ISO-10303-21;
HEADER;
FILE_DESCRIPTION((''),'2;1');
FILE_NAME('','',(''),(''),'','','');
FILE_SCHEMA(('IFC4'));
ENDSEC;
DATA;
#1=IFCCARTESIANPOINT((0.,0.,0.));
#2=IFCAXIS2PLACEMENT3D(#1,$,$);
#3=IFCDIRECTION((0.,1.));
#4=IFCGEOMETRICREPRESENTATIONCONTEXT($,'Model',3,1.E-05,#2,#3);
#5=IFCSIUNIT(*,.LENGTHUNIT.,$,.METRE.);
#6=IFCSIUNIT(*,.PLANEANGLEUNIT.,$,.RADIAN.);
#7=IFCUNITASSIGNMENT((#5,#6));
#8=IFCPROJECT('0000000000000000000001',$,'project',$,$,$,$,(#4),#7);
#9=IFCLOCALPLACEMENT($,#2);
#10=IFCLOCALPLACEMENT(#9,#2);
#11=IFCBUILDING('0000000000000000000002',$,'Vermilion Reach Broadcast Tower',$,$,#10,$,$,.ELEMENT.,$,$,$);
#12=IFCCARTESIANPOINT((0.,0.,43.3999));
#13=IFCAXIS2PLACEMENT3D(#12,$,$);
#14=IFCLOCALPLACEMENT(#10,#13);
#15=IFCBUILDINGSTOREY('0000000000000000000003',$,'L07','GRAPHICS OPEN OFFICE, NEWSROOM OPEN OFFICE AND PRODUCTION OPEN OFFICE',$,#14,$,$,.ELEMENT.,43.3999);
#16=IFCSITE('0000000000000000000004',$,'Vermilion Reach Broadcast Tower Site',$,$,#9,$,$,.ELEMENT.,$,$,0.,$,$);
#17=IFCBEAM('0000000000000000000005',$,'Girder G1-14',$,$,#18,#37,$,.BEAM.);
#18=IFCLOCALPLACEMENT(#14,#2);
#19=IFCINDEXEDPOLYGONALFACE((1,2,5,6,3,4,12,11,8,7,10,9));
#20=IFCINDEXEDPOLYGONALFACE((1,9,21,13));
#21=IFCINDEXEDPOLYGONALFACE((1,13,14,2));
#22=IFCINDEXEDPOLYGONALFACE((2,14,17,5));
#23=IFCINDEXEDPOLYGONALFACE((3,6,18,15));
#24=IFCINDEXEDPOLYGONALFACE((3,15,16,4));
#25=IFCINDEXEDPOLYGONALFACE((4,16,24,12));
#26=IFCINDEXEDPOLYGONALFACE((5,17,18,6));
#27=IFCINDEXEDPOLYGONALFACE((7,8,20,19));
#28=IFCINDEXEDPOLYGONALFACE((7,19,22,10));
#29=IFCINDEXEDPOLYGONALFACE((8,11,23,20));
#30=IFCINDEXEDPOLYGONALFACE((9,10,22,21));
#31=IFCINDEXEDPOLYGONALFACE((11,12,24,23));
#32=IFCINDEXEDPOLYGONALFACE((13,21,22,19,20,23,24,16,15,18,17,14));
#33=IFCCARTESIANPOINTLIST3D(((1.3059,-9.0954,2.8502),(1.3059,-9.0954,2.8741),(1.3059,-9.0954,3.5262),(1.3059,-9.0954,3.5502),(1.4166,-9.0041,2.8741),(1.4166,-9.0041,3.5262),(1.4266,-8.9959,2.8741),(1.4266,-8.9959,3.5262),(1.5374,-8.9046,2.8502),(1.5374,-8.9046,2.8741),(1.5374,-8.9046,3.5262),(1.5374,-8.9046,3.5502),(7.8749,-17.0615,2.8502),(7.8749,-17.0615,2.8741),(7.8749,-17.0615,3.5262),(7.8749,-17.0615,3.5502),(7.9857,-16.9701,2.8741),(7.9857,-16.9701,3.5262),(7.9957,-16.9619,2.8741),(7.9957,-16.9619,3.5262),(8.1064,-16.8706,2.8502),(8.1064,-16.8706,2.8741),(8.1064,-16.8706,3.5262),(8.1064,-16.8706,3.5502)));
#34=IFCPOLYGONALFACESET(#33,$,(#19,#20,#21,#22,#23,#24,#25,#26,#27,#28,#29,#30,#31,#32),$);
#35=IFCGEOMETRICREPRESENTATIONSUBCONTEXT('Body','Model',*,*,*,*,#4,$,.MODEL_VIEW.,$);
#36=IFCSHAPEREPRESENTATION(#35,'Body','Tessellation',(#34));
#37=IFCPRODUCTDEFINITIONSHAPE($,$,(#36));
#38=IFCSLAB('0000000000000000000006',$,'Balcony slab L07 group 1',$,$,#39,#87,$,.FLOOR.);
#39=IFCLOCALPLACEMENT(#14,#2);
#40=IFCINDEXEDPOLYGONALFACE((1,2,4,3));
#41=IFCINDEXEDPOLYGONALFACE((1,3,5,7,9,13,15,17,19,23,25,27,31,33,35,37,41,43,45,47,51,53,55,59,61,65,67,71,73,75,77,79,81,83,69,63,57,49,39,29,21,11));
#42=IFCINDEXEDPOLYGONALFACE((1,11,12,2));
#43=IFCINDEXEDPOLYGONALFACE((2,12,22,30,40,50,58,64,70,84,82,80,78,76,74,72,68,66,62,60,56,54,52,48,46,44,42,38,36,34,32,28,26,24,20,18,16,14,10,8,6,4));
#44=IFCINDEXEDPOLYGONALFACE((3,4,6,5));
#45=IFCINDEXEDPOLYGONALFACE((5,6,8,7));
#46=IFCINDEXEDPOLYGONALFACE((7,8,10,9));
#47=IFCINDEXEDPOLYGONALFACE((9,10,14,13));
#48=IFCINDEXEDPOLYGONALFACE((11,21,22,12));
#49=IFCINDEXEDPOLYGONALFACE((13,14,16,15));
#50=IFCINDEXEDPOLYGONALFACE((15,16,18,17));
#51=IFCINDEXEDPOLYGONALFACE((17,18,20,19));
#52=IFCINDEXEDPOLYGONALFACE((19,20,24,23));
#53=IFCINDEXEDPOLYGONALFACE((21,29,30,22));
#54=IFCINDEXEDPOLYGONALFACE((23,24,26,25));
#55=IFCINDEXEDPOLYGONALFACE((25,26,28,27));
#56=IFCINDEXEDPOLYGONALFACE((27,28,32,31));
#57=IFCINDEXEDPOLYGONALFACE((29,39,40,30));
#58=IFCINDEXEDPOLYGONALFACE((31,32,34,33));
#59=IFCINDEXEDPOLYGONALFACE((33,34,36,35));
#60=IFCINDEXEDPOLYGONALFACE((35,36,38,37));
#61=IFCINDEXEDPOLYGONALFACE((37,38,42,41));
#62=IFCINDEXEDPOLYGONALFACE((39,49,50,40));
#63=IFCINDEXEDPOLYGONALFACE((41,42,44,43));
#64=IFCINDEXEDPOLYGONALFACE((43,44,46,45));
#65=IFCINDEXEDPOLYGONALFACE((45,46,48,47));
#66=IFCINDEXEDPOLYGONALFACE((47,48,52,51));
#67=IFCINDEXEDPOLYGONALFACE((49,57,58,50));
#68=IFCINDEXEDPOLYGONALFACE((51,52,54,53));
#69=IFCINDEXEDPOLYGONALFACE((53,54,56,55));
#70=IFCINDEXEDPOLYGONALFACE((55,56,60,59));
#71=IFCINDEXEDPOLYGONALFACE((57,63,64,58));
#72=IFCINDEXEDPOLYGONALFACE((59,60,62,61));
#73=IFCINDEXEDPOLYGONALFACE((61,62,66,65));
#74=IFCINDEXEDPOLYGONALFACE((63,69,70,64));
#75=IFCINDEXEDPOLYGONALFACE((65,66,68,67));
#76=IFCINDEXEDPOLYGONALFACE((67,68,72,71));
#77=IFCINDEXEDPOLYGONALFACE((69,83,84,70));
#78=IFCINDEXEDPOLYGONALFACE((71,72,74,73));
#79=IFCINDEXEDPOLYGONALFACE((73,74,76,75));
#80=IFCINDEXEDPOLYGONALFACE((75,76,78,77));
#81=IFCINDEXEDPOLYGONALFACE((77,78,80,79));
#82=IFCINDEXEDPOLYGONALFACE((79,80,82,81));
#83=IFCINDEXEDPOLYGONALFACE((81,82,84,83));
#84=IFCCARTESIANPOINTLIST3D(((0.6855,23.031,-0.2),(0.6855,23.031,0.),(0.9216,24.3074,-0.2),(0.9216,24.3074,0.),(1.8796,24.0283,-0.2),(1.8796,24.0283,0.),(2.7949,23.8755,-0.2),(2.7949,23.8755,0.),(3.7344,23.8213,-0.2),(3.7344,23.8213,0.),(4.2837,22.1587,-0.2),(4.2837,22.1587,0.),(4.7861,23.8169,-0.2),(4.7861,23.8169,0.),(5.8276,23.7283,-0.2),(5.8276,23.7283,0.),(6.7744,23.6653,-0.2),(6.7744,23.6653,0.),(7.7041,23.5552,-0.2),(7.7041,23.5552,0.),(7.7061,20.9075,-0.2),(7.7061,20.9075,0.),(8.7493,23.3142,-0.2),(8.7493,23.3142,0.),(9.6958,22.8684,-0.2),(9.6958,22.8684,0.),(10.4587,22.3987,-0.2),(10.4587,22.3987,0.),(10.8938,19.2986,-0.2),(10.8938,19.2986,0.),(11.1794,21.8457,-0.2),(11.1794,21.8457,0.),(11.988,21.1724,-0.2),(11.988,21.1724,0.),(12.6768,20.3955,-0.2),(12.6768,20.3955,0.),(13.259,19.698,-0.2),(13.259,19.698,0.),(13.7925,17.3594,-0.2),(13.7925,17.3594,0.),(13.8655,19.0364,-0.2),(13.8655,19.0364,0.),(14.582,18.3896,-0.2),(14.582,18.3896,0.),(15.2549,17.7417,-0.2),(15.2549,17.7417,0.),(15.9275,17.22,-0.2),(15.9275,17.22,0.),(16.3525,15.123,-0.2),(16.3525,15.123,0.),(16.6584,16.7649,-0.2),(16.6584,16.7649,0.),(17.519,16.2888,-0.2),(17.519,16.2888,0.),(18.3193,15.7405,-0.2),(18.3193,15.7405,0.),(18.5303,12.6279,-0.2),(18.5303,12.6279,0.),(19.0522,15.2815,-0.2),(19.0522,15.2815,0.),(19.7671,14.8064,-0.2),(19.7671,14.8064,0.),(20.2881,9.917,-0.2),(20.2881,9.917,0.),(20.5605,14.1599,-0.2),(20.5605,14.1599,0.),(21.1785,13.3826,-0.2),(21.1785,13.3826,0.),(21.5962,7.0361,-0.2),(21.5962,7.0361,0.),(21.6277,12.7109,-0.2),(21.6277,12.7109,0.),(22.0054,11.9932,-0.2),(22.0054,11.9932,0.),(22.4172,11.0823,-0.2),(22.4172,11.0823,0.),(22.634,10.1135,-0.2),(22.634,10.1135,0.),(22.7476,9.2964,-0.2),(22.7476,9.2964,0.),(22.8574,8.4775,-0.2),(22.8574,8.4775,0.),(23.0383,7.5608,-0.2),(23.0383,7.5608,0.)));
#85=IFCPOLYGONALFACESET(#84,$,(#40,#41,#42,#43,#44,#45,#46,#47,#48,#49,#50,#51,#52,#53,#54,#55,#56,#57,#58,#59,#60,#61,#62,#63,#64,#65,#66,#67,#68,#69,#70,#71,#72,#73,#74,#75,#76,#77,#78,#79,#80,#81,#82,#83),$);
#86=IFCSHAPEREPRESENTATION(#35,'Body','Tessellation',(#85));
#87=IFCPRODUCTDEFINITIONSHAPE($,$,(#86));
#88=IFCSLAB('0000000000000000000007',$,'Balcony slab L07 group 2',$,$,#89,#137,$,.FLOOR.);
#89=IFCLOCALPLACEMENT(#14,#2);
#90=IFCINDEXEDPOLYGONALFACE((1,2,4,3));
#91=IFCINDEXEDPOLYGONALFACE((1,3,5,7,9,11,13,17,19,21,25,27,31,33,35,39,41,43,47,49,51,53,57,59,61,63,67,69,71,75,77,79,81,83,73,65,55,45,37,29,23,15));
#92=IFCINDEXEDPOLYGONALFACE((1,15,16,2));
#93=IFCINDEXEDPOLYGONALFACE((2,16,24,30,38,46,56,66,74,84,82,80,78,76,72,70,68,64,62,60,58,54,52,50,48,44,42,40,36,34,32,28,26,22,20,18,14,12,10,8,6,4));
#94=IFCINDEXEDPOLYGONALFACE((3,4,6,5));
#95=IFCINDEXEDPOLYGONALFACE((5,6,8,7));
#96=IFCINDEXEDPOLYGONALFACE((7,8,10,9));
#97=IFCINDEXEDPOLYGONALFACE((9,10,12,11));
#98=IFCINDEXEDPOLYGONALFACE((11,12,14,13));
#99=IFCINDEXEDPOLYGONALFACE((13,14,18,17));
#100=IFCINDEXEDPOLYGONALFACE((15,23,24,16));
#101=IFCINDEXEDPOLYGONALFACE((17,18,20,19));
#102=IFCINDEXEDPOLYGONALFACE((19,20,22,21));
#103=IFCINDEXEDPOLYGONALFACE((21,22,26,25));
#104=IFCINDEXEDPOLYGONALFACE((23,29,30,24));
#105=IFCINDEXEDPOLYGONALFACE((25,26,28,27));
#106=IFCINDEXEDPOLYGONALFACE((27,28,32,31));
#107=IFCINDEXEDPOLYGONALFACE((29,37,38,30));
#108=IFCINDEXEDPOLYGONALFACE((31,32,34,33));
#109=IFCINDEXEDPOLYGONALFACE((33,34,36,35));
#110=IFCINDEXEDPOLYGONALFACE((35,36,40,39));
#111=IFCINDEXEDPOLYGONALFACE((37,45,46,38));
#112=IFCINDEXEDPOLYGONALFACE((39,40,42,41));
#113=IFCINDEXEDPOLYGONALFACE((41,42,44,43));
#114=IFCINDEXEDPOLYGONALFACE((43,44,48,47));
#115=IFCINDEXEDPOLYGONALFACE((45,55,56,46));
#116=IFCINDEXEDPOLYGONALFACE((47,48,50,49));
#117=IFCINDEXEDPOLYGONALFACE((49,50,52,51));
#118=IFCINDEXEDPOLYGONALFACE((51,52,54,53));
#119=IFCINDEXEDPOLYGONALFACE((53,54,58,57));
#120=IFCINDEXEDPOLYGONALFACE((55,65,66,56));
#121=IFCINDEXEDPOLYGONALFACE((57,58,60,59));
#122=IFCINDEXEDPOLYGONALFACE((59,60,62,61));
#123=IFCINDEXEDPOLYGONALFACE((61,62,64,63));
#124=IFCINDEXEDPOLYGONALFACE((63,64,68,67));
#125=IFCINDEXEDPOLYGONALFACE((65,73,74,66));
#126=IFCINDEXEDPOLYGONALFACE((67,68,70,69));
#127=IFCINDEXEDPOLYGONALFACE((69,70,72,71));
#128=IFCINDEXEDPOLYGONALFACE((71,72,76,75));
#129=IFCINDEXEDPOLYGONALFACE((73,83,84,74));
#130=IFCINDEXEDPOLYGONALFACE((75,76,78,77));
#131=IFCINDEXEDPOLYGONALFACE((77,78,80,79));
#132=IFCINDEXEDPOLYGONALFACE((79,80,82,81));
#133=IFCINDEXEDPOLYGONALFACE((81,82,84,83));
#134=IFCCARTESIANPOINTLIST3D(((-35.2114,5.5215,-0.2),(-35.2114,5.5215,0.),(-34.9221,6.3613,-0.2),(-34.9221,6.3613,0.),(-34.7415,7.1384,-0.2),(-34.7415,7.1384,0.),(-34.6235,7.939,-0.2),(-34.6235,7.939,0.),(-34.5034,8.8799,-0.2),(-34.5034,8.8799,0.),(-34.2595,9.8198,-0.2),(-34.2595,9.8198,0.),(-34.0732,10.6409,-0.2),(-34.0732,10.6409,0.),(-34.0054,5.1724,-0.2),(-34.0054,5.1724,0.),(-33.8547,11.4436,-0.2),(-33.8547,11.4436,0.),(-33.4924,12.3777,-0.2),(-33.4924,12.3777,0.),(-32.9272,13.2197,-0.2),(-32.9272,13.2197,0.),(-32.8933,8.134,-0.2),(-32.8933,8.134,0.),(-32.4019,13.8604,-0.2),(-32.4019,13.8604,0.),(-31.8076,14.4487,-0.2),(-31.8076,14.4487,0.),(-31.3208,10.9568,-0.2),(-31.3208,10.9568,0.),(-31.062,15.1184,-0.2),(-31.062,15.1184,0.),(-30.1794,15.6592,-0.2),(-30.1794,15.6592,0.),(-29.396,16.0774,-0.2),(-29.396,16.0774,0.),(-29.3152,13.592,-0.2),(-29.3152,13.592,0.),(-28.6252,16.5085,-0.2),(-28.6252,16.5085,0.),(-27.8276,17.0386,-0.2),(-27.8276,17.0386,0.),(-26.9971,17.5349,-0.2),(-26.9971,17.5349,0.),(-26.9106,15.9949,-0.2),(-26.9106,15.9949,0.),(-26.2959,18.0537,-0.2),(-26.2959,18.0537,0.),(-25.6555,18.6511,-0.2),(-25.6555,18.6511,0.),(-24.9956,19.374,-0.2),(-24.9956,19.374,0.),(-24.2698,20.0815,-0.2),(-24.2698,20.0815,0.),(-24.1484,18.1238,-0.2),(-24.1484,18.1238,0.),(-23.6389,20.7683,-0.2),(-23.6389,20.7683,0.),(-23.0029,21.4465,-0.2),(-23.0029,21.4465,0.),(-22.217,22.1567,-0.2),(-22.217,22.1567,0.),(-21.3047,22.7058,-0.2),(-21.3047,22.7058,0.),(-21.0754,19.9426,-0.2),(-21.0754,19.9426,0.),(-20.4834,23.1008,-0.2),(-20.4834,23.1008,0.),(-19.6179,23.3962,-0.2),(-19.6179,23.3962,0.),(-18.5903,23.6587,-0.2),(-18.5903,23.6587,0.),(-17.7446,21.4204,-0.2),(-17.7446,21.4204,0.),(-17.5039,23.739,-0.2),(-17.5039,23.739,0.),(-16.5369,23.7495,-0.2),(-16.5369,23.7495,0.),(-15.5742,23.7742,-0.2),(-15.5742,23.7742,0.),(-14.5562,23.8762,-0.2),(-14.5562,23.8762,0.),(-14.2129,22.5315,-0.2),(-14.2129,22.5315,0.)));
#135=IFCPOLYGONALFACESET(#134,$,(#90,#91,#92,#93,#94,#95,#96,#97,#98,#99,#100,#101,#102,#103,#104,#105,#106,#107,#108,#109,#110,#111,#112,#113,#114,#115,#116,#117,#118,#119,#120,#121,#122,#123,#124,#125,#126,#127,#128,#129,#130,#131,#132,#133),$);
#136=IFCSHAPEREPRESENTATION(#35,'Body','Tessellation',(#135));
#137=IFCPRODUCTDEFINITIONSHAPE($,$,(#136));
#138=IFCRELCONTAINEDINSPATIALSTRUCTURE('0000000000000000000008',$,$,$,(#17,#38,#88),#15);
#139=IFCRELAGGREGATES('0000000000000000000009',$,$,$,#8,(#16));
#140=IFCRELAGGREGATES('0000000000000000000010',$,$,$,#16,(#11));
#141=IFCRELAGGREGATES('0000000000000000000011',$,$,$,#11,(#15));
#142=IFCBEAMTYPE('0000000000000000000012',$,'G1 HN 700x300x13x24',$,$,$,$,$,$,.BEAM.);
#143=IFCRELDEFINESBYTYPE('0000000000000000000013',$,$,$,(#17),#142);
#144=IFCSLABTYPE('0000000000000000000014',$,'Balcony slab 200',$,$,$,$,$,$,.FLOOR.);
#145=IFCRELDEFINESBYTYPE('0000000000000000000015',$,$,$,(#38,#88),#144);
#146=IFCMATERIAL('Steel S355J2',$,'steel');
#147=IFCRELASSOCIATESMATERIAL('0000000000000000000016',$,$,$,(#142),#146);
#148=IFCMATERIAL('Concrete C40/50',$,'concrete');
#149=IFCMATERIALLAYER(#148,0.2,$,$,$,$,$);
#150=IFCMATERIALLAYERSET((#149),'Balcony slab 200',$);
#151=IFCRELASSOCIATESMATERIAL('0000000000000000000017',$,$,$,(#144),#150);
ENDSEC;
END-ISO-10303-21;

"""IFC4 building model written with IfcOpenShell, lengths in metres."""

from ifc_helpers import new_model, si_unit, direction, frame, origin, origin_2d, place, context, subcontext, project, spatial, polyline, i_section, outline, extrude, material, layer, layer_set, material_profile, profile_set, type_object, element, save


model = new_model("IFC4")

# Units and contexts
model_context = context("Model", 3, precision=1e-05, world=origin(), true_north=direction((0.0, 1.0)))
body_context = subcontext(model_context, "Body", "Model", "MODEL_VIEW")
ifc_project = project(units=[si_unit("LENGTHUNIT", "METRE"), si_unit("PLANEANGLEUNIT", "RADIAN")], contexts=[model_context])

# Site, building, storey
site_placement = place(None, origin())
site = spatial("IfcSite", under=ifc_project, at=site_placement, Name="Vermilion Reach Broadcast Tower Site", CompositionType="ELEMENT", RefElevation=0.0)
building_placement = place(site_placement, origin())
building = spatial("IfcBuilding", under=site, at=building_placement, Name="Vermilion Reach Broadcast Tower", CompositionType="ELEMENT")
storey_placement = place(building_placement, frame((0.0, 0.0, 43.3999)))
storey = spatial("IfcBuildingStorey", under=building, at=storey_placement, Name="L07", Description="GRAPHICS OPEN OFFICE, NEWSROOM OPEN OFFICE AND PRODUCTION OPEN OFFICE", CompositionType="ELEMENT", Elevation=43.3999)

# Beam
ifc_material_1 = material(Name="Steel S355J2", Category="steel")
ifc_material_profile = material_profile(ifc_material_1, i_section(OverallWidth=0.3, OverallDepth=0.7, WebThickness=0.0129, FlangeThickness=0.0239, at=origin_2d()), Name="S355J2 HN 700x300x13x24")
ifc_profile_set = profile_set([ifc_material_profile], Name="Steel S355J2")
beam_type = type_object("IfcBeamType", Name="G1 HN 700x300x13x24", PredefinedType="BEAM", material=ifc_profile_set)
beam_placement = place(storey_placement, frame((1.4216, -9.0, 3.2002), z_axis=(0.636215, -0.771512, 0.0), x_axis=(0.771512, 0.636215, 0.0)))
element("IfcBeam", 1, at=beam_placement, inside=storey, type_object=beam_type, Name="Girder G1-14", PredefinedType="BEAM", context=body_context, shape_type="SweptSolid", body=[
    extrude(i_section(OverallWidth=0.3, OverallDepth=0.7, WebThickness=0.0129, FlangeThickness=0.0239, at=origin_2d()), origin(), (0.0, 0.0, 1.0), 10.3252),
])

# Slabs
ifc_material_2 = material(Name="Concrete C40/50", Category="concrete")
ifc_layer_1 = layer(ifc_material_2, 0.2)
ifc_layer_set_1 = layer_set([ifc_layer_1], Name="Balcony slab 200")
slab_type_1 = type_object("IfcSlabType", Name="Balcony slab 200", PredefinedType="FLOOR", material=ifc_layer_set_1)
placement_1 = place(storey_placement, frame((0.0, 0.0, -0.2)))
element("IfcSlab", 2, at=placement_1, inside=storey, type_object=slab_type_1, Name="Balcony slab L07 group 1", PredefinedType="FLOOR", context=body_context, shape_type="SweptSolid", body=[
    extrude(outline(polyline([(21.5962, 7.0361), (20.2881, 9.917), (18.5303, 12.6279), (16.3525, 15.123), (13.7925, 17.3594), (10.8938, 19.2986), (7.7061, 20.9075), (4.2837, 22.1587), (0.6855, 23.031), (0.9216, 24.3074), (1.8796, 24.0283), (2.7949, 23.8755), (3.7344, 23.8213), (4.7861, 23.8169), (5.8276, 23.7283), (6.7744, 23.6653), (7.7041, 23.5552), (8.7493, 23.3142), (9.6958, 22.8684), (10.4587, 22.3987), (11.1794, 21.8457), (11.988, 21.1724), (12.6768, 20.3955), (13.259, 19.698), (13.8655, 19.0364), (14.582, 18.3896), (15.2549, 17.7417), (15.9275, 17.22), (16.6584, 16.7649), (17.519, 16.2888), (18.3193, 15.7405), (19.0522, 15.2815), (19.7671, 14.8064), (20.5605, 14.1599), (21.1785, 13.3826), (21.6277, 12.7109), (22.0054, 11.9932), (22.4172, 11.0823), (22.634, 10.1135), (22.7476, 9.2964), (22.8574, 8.4775), (23.0383, 7.5608), (21.5962, 7.0361)])), origin(), (0.0, 0.0, 1.0), 0.2),
])
element("IfcSlab", 3, at=placement_1, inside=storey, type_object=slab_type_1, Name="Balcony slab L07 group 2", PredefinedType="FLOOR", context=body_context, shape_type="SweptSolid", body=[
    extrude(outline(polyline([(-14.2129, 22.5315), (-17.7446, 21.4204), (-21.0754, 19.9426), (-24.1484, 18.1238), (-26.9106, 15.9949), (-29.3152, 13.592), (-31.3208, 10.9568), (-32.8933, 8.134), (-34.0054, 5.1724), (-35.2114, 5.5215), (-34.9221, 6.3613), (-34.7415, 7.1384), (-34.6235, 7.939), (-34.5034, 8.8799), (-34.2595, 9.8198), (-34.0732, 10.6409), (-33.8547, 11.4436), (-33.4924, 12.3777), (-32.9272, 13.2197), (-32.4019, 13.8604), (-31.8076, 14.4487), (-31.062, 15.1184), (-30.1794, 15.6592), (-29.396, 16.0774), (-28.6252, 16.5085), (-27.8276, 17.0386), (-26.9971, 17.5349), (-26.2959, 18.0537), (-25.6555, 18.6511), (-24.9956, 19.374), (-24.2698, 20.0815), (-23.6389, 20.7683), (-23.0029, 21.4465), (-22.217, 22.1567), (-21.3047, 22.7058), (-20.4834, 23.1008), (-19.6179, 23.3962), (-18.5903, 23.6587), (-17.5039, 23.739), (-16.5369, 23.7495), (-15.5742, 23.7742), (-14.5562, 23.8762), (-14.2129, 22.5315)])), origin(), (0.0, 0.0, 1.0), 0.2),
])

save(model, "model.ifc")
